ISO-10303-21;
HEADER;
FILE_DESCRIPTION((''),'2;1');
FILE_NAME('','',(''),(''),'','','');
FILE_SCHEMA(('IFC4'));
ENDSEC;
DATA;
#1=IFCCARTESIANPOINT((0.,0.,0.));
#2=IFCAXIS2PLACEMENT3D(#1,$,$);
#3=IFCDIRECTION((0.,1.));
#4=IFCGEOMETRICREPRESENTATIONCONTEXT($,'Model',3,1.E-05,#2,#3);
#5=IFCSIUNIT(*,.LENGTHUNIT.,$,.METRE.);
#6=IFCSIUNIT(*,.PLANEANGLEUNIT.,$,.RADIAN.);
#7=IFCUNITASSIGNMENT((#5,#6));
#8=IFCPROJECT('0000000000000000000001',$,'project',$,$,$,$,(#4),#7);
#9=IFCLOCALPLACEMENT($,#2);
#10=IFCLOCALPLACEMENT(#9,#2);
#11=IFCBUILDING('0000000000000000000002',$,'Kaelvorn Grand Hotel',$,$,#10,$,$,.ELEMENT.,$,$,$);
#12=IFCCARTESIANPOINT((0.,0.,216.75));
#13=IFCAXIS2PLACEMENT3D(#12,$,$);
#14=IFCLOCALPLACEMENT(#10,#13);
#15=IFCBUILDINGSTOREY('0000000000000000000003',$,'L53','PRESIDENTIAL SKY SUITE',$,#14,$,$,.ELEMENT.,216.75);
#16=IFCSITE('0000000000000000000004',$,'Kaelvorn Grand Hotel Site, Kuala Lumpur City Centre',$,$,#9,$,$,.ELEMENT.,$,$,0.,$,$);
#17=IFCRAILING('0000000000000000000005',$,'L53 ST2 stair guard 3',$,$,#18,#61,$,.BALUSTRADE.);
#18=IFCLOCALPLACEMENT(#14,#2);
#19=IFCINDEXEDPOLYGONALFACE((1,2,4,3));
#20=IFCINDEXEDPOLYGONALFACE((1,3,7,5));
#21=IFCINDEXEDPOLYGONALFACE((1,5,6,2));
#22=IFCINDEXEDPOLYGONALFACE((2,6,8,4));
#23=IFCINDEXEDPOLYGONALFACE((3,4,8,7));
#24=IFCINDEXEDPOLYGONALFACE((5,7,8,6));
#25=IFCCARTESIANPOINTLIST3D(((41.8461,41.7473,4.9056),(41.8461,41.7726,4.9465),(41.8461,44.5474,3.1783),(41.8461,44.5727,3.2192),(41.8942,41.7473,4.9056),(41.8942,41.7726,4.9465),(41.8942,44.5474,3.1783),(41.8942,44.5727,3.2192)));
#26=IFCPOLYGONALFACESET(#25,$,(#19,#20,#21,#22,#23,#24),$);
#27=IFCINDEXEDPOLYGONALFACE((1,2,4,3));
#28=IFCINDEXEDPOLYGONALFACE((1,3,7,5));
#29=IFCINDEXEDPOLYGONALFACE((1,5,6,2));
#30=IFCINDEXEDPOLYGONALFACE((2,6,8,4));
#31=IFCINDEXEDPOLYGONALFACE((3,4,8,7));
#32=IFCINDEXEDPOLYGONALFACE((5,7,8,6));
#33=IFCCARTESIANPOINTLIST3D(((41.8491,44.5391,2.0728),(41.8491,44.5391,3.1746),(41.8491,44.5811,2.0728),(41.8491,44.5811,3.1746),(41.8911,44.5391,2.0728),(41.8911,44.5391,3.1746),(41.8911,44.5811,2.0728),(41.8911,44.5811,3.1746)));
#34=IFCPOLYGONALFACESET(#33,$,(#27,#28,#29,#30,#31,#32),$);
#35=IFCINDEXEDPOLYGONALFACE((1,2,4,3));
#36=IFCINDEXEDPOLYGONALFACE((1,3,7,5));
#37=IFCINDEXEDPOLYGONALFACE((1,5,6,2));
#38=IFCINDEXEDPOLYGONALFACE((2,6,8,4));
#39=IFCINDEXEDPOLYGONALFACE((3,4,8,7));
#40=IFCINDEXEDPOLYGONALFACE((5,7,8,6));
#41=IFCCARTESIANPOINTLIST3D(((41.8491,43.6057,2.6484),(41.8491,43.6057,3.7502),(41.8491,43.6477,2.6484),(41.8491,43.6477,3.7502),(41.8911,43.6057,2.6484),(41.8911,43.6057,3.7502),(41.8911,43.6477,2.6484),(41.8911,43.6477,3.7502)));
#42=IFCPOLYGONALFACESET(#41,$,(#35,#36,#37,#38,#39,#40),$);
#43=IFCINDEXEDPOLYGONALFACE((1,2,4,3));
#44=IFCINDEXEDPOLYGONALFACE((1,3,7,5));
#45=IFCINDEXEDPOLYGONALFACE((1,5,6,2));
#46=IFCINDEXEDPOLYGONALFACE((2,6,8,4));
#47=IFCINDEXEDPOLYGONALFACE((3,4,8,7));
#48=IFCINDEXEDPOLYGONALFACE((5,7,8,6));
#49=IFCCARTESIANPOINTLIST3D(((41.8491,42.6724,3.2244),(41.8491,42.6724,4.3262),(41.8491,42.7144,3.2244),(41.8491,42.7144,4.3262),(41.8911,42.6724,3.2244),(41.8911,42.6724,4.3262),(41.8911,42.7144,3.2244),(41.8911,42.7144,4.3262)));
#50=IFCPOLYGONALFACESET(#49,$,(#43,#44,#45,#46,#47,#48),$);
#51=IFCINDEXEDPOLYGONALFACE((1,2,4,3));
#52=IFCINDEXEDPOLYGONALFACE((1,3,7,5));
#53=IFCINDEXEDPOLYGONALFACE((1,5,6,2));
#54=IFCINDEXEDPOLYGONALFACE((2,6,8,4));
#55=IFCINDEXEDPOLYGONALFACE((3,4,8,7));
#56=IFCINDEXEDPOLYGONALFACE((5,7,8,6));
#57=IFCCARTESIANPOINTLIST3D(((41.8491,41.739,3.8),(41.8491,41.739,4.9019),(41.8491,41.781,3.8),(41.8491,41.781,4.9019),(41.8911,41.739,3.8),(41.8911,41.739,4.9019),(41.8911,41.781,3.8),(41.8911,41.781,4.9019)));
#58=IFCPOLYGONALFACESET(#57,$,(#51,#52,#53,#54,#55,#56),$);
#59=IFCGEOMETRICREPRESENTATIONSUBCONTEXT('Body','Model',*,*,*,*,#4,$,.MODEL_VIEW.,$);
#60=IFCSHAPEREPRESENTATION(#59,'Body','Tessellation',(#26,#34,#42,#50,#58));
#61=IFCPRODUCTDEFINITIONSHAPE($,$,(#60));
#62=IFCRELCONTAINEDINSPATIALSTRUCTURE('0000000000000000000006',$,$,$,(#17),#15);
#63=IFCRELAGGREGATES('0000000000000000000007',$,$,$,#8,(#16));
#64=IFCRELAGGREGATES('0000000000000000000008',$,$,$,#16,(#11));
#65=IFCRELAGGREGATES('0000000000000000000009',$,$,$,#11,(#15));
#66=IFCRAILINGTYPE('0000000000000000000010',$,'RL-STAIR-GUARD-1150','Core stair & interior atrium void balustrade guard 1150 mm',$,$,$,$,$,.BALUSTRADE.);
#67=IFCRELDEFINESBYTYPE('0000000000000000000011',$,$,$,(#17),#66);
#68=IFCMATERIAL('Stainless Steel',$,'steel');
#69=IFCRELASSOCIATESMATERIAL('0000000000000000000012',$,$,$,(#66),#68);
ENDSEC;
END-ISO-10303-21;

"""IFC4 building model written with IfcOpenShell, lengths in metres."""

from ifc_helpers import new_model, si_unit, direction, frame, origin, origin_2d, place, context, subcontext, project, spatial, rectangle, extrude, material, type_object, element, save


model = new_model("IFC4")

# Units and contexts
model_context = context("Model", 3, precision=1e-05, world=origin(), true_north=direction((0.0, 1.0)))
body_context = subcontext(model_context, "Body", "Model", "MODEL_VIEW")
ifc_project = project(units=[si_unit("LENGTHUNIT", "METRE"), si_unit("PLANEANGLEUNIT", "RADIAN")], contexts=[model_context])

# Site, building, storey
site_placement = place(None, origin())
site = spatial("IfcSite", under=ifc_project, at=site_placement, Name="Kaelvorn Grand Hotel Site, Kuala Lumpur City Centre", CompositionType="ELEMENT", RefElevation=0.0)
building_placement = place(site_placement, origin())
building = spatial("IfcBuilding", under=site, at=building_placement, Name="Kaelvorn Grand Hotel", CompositionType="ELEMENT")
storey_placement = place(building_placement, frame((0.0, 0.0, 216.75)))
storey = spatial("IfcBuildingStorey", under=building, at=storey_placement, Name="L53", Description="PRESIDENTIAL SKY SUITE", CompositionType="ELEMENT", Elevation=216.75)

# Railing
ifc_material_1 = material(Name="Stainless Steel", Category="steel")
railing_type_1 = type_object("IfcRailingType", Name="RL-STAIR-GUARD-1150", Description="Core stair & interior atrium void balustrade guard 1150 mm", PredefinedType="BALUSTRADE", material=ifc_material_1)
railing_1_placement = place(storey_placement, frame((41.8701, 44.5601, 2.0728)))
element("IfcRailing", 1, at=railing_1_placement, inside=storey, type_object=railing_type_1, Name="L53 ST2 stair guard 3", PredefinedType="BALUSTRADE", context=body_context, shape_type="SweptSolid", body=[
    extrude(rectangle(XDim=0.0481, YDim=0.0481, at=origin_2d()), frame((0.0, 0.0, 1.126), z_axis=(0.0, -0.85109, 0.52502), x_axis=(1.0, 0.0, 0.0)), (0.0, 0.0, 1.0), 3.29),
    extrude(rectangle(XDim=0.042, YDim=0.042, at=origin_2d()), origin(), (0.0, 0.0, 1.0), 1.1018),
    extrude(rectangle(XDim=0.042, YDim=0.042, at=origin_2d()), frame((0.0, -0.9333, 0.5757)), (0.0, 0.0, 1.0), 1.1018),
    extrude(rectangle(XDim=0.042, YDim=0.042, at=origin_2d()), frame((0.0, -1.8667, 1.1516)), (0.0, 0.0, 1.0), 1.1018),
    extrude(rectangle(XDim=0.042, YDim=0.042, at=origin_2d()), frame((0.0, -2.8, 1.7273)), (0.0, 0.0, 1.0), 1.1018),
])

save(model, "model.ifc")
